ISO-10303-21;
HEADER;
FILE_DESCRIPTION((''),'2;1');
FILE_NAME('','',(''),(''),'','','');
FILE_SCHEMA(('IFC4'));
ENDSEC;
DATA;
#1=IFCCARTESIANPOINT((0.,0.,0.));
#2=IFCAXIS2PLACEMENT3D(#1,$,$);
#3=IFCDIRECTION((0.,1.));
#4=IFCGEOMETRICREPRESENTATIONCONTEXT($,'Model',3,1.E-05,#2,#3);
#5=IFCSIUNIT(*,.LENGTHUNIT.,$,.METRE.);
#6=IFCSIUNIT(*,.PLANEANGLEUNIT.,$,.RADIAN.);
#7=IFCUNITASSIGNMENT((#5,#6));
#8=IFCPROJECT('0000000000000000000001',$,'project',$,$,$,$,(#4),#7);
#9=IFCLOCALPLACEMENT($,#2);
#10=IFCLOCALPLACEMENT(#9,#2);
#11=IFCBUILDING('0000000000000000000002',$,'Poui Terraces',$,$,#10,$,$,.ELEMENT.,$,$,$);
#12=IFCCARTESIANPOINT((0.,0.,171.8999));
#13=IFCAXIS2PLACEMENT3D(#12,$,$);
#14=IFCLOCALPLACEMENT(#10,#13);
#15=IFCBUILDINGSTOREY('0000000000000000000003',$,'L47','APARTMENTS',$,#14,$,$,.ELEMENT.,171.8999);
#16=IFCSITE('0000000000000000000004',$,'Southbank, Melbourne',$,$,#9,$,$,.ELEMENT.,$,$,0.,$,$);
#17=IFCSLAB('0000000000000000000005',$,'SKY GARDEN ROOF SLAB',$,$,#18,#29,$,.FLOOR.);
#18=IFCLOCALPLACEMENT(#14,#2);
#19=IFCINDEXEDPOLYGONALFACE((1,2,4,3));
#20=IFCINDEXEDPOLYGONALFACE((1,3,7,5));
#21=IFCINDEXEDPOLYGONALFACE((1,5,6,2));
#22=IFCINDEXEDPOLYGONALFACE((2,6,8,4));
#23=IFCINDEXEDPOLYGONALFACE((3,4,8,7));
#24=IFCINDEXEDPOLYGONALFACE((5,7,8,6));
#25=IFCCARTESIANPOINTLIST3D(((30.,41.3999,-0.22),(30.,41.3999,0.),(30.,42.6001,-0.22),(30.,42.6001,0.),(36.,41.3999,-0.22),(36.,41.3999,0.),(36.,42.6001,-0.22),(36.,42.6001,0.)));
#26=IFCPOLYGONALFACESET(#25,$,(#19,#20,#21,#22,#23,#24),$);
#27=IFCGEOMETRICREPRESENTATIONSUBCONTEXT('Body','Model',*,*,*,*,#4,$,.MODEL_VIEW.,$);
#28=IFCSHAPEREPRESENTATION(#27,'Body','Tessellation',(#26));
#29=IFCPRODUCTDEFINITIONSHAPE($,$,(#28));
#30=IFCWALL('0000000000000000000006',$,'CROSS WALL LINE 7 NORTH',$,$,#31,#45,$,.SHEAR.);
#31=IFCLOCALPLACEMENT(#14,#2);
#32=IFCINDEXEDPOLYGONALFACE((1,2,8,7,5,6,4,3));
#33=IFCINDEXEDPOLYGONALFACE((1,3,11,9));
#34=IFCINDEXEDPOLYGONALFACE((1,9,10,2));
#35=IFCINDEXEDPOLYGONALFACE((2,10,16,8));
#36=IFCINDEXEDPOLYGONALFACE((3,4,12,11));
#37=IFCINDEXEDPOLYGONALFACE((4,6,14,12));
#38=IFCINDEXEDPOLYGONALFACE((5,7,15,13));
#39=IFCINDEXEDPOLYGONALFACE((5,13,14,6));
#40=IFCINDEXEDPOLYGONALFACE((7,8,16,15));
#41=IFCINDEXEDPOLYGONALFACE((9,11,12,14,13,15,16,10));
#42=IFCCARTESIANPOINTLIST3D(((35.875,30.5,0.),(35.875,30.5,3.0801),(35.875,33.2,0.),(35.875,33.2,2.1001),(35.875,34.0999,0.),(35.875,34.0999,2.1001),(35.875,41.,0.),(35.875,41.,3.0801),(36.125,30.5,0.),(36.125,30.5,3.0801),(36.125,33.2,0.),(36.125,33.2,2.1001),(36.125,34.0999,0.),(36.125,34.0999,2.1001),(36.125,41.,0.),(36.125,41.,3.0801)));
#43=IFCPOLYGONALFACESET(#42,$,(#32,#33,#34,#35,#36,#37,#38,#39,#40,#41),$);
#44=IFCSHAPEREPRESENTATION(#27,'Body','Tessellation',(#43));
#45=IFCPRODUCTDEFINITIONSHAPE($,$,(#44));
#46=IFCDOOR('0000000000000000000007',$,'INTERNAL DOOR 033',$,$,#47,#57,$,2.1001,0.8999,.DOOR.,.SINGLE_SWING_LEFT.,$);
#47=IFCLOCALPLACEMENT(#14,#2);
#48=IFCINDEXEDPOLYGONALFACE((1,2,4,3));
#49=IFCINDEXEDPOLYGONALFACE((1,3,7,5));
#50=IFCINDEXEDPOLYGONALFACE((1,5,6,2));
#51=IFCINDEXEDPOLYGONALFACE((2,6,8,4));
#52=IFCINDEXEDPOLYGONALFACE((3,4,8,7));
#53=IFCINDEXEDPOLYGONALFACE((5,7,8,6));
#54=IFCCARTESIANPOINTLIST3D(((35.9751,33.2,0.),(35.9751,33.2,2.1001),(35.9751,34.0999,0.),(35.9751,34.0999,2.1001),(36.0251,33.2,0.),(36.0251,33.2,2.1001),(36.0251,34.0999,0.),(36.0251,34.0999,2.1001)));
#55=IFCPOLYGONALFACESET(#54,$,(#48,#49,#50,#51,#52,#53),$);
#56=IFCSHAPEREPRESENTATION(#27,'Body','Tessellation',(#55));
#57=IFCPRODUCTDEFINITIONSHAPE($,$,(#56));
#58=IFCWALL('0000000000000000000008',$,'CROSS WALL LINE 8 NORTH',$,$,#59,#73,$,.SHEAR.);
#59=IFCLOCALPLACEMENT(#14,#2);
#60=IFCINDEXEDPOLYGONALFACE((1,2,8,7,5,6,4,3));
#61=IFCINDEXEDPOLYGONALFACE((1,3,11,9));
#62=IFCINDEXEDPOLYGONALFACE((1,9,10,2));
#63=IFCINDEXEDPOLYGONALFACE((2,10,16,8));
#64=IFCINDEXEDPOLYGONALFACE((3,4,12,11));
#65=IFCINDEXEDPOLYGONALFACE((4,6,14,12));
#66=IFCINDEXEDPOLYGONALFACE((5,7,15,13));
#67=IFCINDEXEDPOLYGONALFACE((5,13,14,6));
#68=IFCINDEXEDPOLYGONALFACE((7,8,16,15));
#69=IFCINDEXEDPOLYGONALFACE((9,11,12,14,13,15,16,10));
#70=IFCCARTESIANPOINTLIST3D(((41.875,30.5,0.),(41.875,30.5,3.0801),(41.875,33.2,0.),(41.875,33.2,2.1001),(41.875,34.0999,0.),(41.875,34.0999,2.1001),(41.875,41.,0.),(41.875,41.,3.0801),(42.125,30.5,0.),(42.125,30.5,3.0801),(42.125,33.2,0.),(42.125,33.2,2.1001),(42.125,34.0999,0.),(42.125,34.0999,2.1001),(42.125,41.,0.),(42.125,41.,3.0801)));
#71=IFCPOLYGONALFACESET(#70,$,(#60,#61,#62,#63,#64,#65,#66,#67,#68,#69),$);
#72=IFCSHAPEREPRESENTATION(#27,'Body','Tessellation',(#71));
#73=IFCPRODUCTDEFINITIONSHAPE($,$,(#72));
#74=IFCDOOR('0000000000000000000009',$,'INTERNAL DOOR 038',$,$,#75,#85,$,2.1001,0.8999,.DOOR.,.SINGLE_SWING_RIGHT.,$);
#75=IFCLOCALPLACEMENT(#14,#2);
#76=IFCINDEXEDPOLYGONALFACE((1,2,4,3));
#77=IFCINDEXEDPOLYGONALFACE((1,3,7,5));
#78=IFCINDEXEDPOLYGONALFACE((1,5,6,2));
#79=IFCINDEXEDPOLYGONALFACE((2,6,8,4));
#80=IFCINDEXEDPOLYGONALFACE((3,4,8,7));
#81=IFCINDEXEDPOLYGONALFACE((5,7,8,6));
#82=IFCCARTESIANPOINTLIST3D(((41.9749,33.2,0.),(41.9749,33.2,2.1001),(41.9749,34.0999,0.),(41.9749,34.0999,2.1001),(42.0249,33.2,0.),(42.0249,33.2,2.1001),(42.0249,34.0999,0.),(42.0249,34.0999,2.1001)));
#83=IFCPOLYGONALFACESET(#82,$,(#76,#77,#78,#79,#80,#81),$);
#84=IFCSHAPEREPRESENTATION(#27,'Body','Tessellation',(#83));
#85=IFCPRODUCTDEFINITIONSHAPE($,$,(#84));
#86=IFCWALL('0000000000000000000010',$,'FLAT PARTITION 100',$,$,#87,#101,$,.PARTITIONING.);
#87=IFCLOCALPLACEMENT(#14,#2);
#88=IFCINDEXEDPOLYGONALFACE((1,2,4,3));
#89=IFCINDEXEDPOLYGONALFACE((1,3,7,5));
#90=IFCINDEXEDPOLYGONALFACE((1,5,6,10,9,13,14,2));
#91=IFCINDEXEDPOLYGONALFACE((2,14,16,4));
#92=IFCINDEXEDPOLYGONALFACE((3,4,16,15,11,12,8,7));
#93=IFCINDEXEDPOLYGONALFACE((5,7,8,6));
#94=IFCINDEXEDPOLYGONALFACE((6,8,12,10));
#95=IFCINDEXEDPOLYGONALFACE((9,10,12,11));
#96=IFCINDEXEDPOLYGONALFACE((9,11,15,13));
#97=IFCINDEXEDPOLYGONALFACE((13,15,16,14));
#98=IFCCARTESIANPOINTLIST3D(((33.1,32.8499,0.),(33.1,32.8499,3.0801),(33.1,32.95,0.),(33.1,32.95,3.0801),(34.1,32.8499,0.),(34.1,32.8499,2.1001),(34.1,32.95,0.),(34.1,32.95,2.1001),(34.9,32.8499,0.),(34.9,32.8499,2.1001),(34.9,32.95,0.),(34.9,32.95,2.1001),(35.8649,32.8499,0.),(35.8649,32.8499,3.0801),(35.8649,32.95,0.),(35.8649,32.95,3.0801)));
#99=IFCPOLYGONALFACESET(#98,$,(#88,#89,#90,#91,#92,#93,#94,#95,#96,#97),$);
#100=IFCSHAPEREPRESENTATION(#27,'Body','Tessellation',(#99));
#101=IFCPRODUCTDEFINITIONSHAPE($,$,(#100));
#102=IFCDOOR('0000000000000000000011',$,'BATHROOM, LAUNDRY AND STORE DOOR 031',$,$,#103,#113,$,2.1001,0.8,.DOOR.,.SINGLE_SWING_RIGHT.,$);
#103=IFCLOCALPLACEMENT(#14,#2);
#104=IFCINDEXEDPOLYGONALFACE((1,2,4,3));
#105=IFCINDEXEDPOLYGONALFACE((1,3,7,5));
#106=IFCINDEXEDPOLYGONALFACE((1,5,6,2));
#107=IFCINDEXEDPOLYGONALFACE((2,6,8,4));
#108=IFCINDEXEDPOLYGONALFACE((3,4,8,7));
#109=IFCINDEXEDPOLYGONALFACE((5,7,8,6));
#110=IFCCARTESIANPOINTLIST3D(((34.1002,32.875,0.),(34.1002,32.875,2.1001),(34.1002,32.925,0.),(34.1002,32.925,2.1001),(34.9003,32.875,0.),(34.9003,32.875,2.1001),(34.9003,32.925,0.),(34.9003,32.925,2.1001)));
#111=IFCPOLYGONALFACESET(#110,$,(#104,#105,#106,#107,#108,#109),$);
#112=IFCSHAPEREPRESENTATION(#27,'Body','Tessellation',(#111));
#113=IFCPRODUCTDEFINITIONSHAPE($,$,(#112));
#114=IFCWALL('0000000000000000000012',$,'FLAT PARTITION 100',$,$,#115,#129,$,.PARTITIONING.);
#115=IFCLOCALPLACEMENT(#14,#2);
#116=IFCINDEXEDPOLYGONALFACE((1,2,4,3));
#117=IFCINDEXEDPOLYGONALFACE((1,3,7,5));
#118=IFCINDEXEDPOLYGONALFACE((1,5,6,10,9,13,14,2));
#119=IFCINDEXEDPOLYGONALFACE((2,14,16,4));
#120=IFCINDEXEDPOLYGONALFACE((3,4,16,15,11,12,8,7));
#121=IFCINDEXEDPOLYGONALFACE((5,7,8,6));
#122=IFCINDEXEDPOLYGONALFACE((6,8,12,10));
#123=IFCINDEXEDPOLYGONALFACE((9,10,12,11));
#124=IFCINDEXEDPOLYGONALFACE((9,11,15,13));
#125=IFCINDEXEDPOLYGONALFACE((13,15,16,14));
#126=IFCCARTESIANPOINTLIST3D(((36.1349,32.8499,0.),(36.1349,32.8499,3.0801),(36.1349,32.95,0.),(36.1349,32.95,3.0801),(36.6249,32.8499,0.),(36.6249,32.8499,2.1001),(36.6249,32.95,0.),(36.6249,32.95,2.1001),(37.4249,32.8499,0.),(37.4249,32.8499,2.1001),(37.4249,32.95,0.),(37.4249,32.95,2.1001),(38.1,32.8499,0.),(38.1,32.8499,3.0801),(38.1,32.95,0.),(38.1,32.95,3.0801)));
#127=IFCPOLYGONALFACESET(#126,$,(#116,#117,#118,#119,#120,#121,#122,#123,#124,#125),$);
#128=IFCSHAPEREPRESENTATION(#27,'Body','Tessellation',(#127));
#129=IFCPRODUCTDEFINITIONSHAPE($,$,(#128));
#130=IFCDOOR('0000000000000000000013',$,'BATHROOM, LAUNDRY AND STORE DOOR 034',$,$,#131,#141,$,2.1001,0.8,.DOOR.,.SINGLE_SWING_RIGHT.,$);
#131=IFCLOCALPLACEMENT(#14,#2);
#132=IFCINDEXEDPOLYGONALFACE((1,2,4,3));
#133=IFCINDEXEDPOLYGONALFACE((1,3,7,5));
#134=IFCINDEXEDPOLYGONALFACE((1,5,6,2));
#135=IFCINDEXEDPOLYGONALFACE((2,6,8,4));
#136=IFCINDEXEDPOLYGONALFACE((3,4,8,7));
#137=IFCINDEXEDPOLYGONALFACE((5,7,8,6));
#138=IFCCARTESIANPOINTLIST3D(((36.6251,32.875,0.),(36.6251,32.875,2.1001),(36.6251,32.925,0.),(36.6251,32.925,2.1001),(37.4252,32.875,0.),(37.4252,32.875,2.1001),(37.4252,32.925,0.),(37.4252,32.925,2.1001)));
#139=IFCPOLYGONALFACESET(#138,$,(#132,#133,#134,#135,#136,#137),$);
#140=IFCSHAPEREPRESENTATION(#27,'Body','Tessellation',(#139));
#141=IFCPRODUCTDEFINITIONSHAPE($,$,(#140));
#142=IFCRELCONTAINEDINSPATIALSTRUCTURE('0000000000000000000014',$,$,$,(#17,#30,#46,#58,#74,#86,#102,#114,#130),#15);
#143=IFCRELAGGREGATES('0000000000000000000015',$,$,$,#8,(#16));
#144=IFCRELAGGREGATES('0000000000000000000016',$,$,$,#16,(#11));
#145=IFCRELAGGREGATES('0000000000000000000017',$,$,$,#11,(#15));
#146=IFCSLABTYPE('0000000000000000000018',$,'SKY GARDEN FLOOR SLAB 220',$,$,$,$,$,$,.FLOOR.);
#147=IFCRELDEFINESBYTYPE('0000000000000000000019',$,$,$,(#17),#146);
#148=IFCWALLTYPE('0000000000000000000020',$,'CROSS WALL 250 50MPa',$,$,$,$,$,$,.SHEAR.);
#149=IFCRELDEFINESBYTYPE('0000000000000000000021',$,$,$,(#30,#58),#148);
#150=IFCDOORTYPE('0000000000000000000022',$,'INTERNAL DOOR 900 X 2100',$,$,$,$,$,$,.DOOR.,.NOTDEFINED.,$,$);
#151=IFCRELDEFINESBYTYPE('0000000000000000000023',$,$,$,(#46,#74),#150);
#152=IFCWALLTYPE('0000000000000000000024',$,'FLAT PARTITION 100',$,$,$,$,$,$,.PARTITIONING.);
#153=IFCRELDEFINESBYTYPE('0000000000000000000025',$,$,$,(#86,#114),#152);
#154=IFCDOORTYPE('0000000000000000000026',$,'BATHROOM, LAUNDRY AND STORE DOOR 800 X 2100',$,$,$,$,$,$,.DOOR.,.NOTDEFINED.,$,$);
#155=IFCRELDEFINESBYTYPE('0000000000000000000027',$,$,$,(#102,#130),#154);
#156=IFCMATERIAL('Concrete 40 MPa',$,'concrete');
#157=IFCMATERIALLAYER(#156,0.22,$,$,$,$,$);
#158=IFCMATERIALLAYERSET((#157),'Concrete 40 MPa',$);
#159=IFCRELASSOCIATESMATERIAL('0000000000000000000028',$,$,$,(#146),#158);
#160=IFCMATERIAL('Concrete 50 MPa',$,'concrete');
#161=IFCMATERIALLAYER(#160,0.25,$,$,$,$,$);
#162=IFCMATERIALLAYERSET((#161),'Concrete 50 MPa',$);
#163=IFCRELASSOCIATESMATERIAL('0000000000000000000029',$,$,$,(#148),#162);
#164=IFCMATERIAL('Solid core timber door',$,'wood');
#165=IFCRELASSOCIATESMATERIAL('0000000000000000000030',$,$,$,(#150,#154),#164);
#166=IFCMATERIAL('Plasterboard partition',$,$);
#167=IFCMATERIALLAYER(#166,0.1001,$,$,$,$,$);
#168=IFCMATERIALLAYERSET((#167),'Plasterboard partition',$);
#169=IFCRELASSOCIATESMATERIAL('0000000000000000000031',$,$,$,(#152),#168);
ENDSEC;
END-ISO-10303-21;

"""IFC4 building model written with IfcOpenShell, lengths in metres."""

from ifc_helpers import new_model, si_unit, direction, frame, frame_2d, origin, place, context, subcontext, project, spatial, polyline, rectangle, outline, extrude, source, transform, mapped, material, layer, layer_set, type_object, element, fill, save


model = new_model("IFC4")

# Units and contexts
model_context = context("Model", 3, precision=1e-05, world=origin(), true_north=direction((0.0, 1.0)))
body_context = subcontext(model_context, "Body", "Model", "MODEL_VIEW")
ifc_project = project(units=[si_unit("LENGTHUNIT", "METRE"), si_unit("PLANEANGLEUNIT", "RADIAN")], contexts=[model_context])

# Site, building, storey
site_placement = place(None, origin())
site = spatial("IfcSite", under=ifc_project, at=site_placement, Name="Southbank, Melbourne", CompositionType="ELEMENT", RefElevation=0.0)
building_placement = place(site_placement, origin())
building = spatial("IfcBuilding", under=site, at=building_placement, Name="Poui Terraces", CompositionType="ELEMENT")
storey_placement = place(building_placement, frame((0.0, 0.0, 171.8999)))
storey = spatial("IfcBuildingStorey", under=building, at=storey_placement, Name="L47", Description="APARTMENTS", CompositionType="ELEMENT", Elevation=171.8999)

# Slab
ifc_material_1 = material(Name="Concrete 40 MPa", Category="concrete")
ifc_layer_1 = layer(ifc_material_1, 0.22)
ifc_layer_set_1 = layer_set([ifc_layer_1], Name="Concrete 40 MPa")
slab_type = type_object("IfcSlabType", Name="SKY GARDEN FLOOR SLAB 220", PredefinedType="FLOOR", material=ifc_layer_set_1)
shared_shape_1 = source(origin(), body_context, "Body", "SweptSolid", [
    extrude(outline(polyline([(0.0, 0.0), (0.0, 1.2002), (-6.0, 1.2002), (-6.0, 0.0), (0.0, 0.0)])), origin(), (0.0, 0.0, 1.0), 0.22),
])
slab_placement = place(storey_placement, frame((36.0, 41.3999, -0.22)))
element("IfcSlab", 1, at=slab_placement, inside=storey, type_object=slab_type, Name="SKY GARDEN ROOF SLAB", PredefinedType="FLOOR", context=body_context, shape_type="MappedRepresentation", body=[
    mapped(shared_shape_1, transform((0.0, 0.0, 0.0))),
])

# Walls, openings, doors
ifc_material_2 = material(Name="Concrete 50 MPa", Category="concrete")
ifc_layer_2 = layer(ifc_material_2, 0.25)
ifc_layer_set_2 = layer_set([ifc_layer_2], Name="Concrete 50 MPa")
wall_type_1 = type_object("IfcWallType", Name="CROSS WALL 250 50MPa", PredefinedType="SHEAR", material=ifc_layer_set_2)
wall_1_placement = place(storey_placement, frame((36.0, 30.5, 0.0), z_axis=(0.0, 0.0, 1.0), x_axis=(0.0, 1.0, 0.0)))
wall_1 = element("IfcWall", 2, at=wall_1_placement, inside=storey, type_object=wall_type_1, Name="CROSS WALL LINE 7 NORTH", PredefinedType="SHEAR", context=body_context, shape_type="SweptSolid", body=[
    extrude(rectangle(XDim=10.5, YDim=0.25, at=frame_2d((5.25, 0.0))), origin(), (0.0, 0.0, 1.0), 3.0801),
])
opening_1_placement = place(wall_1_placement, frame((2.7, 0.0, 0.0)))
opening_1 = element("IfcOpeningElement", 3, at=opening_1_placement, cuts=wall_1, PredefinedType="OPENING", context=body_context, shape_type="SweptSolid", body=[
    extrude(rectangle(XDim=0.8999, YDim=2.1001, at=frame_2d((0.45, 1.05))), frame((0.0, 0.135, 0.0), z_axis=(0.0, -1.0, 0.0), x_axis=(1.0, 0.0, 0.0)), (0.0, 0.0, 1.0), 0.27),
])
ifc_material_3 = material(Name="Solid core timber door", Category="wood")
door_type_1 = type_object("IfcDoorType", Name="INTERNAL DOOR 900 X 2100", OperationType="NOTDEFINED", PredefinedType="DOOR", material=ifc_material_3)
door_1_placement = place(opening_1_placement, origin())
door_1 = element("IfcDoor", 4, at=door_1_placement, inside=storey, type_object=door_type_1, Name="INTERNAL DOOR 033", OperationType="SINGLE_SWING_LEFT", OverallHeight=2.1001, OverallWidth=0.8999, PredefinedType="DOOR", context=body_context, shape_type="SweptSolid", body=[
    extrude(rectangle(XDim=0.8999, YDim=2.1001, at=frame_2d((0.45, 1.05))), frame((0.0, 0.0249, 0.0), z_axis=(0.0, -1.0, 0.0), x_axis=(1.0, 0.0, 0.0)), (0.0, 0.0, 1.0), 0.05),
])
fill(opening_1, door_1)
wall_2_placement = place(storey_placement, frame((42.0, 30.5, 0.0), z_axis=(0.0, 0.0, 1.0), x_axis=(0.0, 1.0, 0.0)))
wall_2 = element("IfcWall", 5, at=wall_2_placement, inside=storey, type_object=wall_type_1, Name="CROSS WALL LINE 8 NORTH", PredefinedType="SHEAR", context=body_context, shape_type="SweptSolid", body=[
    extrude(rectangle(XDim=10.5, YDim=0.25, at=frame_2d((5.25, 0.0))), origin(), (0.0, 0.0, 1.0), 3.0801),
])
opening_2_placement = place(wall_2_placement, frame((2.7, 0.0, 0.0)))
opening_2 = element("IfcOpeningElement", 6, at=opening_2_placement, cuts=wall_2, PredefinedType="OPENING", context=body_context, shape_type="SweptSolid", body=[
    extrude(rectangle(XDim=0.8999, YDim=2.1001, at=frame_2d((0.45, 1.05))), frame((0.0, 0.135, 0.0), z_axis=(0.0, -1.0, 0.0), x_axis=(1.0, 0.0, 0.0)), (0.0, 0.0, 1.0), 0.27),
])
door_2_placement = place(opening_2_placement, frame((0.8999, 0.0, 0.0), z_axis=(0.0, 0.0, 1.0), x_axis=(-1.0, 0.0, 0.0)))
door_2 = element("IfcDoor", 7, at=door_2_placement, inside=storey, type_object=door_type_1, Name="INTERNAL DOOR 038", OperationType="SINGLE_SWING_RIGHT", OverallHeight=2.1001, OverallWidth=0.8999, PredefinedType="DOOR", context=body_context, shape_type="SweptSolid", body=[
    extrude(rectangle(XDim=0.8999, YDim=2.1001, at=frame_2d((0.45, 1.05))), frame((0.0, 0.0249, 0.0), z_axis=(0.0, -1.0, 0.0), x_axis=(1.0, 0.0, 0.0)), (0.0, 0.0, 1.0), 0.05),
])
fill(opening_2, door_2)
ifc_material_4 = material(Name="Plasterboard partition")
ifc_layer_3 = layer(ifc_material_4, 0.1001)
ifc_layer_set_3 = layer_set([ifc_layer_3], Name="Plasterboard partition")
wall_type_2 = type_object("IfcWallType", Name="FLAT PARTITION 100", PredefinedType="PARTITIONING", material=ifc_layer_set_3)
wall_3_placement = place(storey_placement, frame((33.1001, 32.8999, 0.0), z_axis=(0.0, 0.0, 1.0), x_axis=(1.0, 0.0, 0.0)))
wall_3 = element("IfcWall", 8, at=wall_3_placement, inside=storey, type_object=wall_type_2, Name="FLAT PARTITION 100", PredefinedType="PARTITIONING", context=body_context, shape_type="SweptSolid", body=[
    extrude(rectangle(XDim=2.7649, YDim=0.1001, at=frame_2d((1.3823, 0.0))), origin(), (0.0, 0.0, 1.0), 3.0801),
])
opening_3_placement = place(wall_3_placement, frame((1.0, 0.0, 0.0)))
opening_3 = element("IfcOpeningElement", 9, at=opening_3_placement, cuts=wall_3, PredefinedType="OPENING", context=body_context, shape_type="SweptSolid", body=[
    extrude(rectangle(XDim=0.8, YDim=2.1001, at=frame_2d((0.3999, 1.05))), frame((0.0, 0.0601, 0.0), z_axis=(0.0, -1.0, 0.0), x_axis=(1.0, 0.0, 0.0)), (0.0, 0.0, 1.0), 0.1201),
])
door_type_2 = type_object("IfcDoorType", Name="BATHROOM, LAUNDRY AND STORE DOOR 800 X 2100", OperationType="NOTDEFINED", PredefinedType="DOOR", material=ifc_material_3)
door_3_placement = place(opening_3_placement, frame((0.8, 0.0, 0.0), z_axis=(0.0, 0.0, 1.0), x_axis=(-1.0, 0.0, 0.0)))
door_3 = element("IfcDoor", 10, at=door_3_placement, inside=storey, type_object=door_type_2, Name="BATHROOM, LAUNDRY AND STORE DOOR 031", OperationType="SINGLE_SWING_RIGHT", OverallHeight=2.1001, OverallWidth=0.8, PredefinedType="DOOR", context=body_context, shape_type="SweptSolid", body=[
    extrude(rectangle(XDim=0.8, YDim=2.1001, at=frame_2d((0.3999, 1.05))), frame((0.0, 0.0249, 0.0), z_axis=(0.0, -1.0, 0.0), x_axis=(1.0, 0.0, 0.0)), (0.0, 0.0, 1.0), 0.05),
])
fill(opening_3, door_3)
wall_4_placement = place(storey_placement, frame((36.135, 32.8999, 0.0), z_axis=(0.0, 0.0, 1.0), x_axis=(1.0, 0.0, 0.0)))
wall_4 = element("IfcWall", 11, at=wall_4_placement, inside=storey, type_object=wall_type_2, Name="FLAT PARTITION 100", PredefinedType="PARTITIONING", context=body_context, shape_type="SweptSolid", body=[
    extrude(rectangle(XDim=1.9651, YDim=0.1001, at=frame_2d((0.9824, 0.0))), origin(), (0.0, 0.0, 1.0), 3.0801),
])
opening_4_placement = place(wall_4_placement, frame((0.49, 0.0, 0.0)))
opening_4 = element("IfcOpeningElement", 12, at=opening_4_placement, cuts=wall_4, PredefinedType="OPENING", context=body_context, shape_type="SweptSolid", body=[
    extrude(rectangle(XDim=0.8, YDim=2.1001, at=frame_2d((0.3999, 1.05))), frame((0.0, 0.0601, 0.0), z_axis=(0.0, -1.0, 0.0), x_axis=(1.0, 0.0, 0.0)), (0.0, 0.0, 1.0), 0.1201),
])
door_4_placement = place(opening_4_placement, frame((0.8, 0.0, 0.0), z_axis=(0.0, 0.0, 1.0), x_axis=(-1.0, 0.0, 0.0)))
door_4 = element("IfcDoor", 13, at=door_4_placement, inside=storey, type_object=door_type_2, Name="BATHROOM, LAUNDRY AND STORE DOOR 034", OperationType="SINGLE_SWING_RIGHT", OverallHeight=2.1001, OverallWidth=0.8, PredefinedType="DOOR", context=body_context, shape_type="SweptSolid", body=[
    extrude(rectangle(XDim=0.8, YDim=2.1001, at=frame_2d((0.3999, 1.05))), frame((0.0, 0.0249, 0.0), z_axis=(0.0, -1.0, 0.0), x_axis=(1.0, 0.0, 0.0)), (0.0, 0.0, 1.0), 0.05),
])
fill(opening_4, door_4)

save(model, "model.ifc")
